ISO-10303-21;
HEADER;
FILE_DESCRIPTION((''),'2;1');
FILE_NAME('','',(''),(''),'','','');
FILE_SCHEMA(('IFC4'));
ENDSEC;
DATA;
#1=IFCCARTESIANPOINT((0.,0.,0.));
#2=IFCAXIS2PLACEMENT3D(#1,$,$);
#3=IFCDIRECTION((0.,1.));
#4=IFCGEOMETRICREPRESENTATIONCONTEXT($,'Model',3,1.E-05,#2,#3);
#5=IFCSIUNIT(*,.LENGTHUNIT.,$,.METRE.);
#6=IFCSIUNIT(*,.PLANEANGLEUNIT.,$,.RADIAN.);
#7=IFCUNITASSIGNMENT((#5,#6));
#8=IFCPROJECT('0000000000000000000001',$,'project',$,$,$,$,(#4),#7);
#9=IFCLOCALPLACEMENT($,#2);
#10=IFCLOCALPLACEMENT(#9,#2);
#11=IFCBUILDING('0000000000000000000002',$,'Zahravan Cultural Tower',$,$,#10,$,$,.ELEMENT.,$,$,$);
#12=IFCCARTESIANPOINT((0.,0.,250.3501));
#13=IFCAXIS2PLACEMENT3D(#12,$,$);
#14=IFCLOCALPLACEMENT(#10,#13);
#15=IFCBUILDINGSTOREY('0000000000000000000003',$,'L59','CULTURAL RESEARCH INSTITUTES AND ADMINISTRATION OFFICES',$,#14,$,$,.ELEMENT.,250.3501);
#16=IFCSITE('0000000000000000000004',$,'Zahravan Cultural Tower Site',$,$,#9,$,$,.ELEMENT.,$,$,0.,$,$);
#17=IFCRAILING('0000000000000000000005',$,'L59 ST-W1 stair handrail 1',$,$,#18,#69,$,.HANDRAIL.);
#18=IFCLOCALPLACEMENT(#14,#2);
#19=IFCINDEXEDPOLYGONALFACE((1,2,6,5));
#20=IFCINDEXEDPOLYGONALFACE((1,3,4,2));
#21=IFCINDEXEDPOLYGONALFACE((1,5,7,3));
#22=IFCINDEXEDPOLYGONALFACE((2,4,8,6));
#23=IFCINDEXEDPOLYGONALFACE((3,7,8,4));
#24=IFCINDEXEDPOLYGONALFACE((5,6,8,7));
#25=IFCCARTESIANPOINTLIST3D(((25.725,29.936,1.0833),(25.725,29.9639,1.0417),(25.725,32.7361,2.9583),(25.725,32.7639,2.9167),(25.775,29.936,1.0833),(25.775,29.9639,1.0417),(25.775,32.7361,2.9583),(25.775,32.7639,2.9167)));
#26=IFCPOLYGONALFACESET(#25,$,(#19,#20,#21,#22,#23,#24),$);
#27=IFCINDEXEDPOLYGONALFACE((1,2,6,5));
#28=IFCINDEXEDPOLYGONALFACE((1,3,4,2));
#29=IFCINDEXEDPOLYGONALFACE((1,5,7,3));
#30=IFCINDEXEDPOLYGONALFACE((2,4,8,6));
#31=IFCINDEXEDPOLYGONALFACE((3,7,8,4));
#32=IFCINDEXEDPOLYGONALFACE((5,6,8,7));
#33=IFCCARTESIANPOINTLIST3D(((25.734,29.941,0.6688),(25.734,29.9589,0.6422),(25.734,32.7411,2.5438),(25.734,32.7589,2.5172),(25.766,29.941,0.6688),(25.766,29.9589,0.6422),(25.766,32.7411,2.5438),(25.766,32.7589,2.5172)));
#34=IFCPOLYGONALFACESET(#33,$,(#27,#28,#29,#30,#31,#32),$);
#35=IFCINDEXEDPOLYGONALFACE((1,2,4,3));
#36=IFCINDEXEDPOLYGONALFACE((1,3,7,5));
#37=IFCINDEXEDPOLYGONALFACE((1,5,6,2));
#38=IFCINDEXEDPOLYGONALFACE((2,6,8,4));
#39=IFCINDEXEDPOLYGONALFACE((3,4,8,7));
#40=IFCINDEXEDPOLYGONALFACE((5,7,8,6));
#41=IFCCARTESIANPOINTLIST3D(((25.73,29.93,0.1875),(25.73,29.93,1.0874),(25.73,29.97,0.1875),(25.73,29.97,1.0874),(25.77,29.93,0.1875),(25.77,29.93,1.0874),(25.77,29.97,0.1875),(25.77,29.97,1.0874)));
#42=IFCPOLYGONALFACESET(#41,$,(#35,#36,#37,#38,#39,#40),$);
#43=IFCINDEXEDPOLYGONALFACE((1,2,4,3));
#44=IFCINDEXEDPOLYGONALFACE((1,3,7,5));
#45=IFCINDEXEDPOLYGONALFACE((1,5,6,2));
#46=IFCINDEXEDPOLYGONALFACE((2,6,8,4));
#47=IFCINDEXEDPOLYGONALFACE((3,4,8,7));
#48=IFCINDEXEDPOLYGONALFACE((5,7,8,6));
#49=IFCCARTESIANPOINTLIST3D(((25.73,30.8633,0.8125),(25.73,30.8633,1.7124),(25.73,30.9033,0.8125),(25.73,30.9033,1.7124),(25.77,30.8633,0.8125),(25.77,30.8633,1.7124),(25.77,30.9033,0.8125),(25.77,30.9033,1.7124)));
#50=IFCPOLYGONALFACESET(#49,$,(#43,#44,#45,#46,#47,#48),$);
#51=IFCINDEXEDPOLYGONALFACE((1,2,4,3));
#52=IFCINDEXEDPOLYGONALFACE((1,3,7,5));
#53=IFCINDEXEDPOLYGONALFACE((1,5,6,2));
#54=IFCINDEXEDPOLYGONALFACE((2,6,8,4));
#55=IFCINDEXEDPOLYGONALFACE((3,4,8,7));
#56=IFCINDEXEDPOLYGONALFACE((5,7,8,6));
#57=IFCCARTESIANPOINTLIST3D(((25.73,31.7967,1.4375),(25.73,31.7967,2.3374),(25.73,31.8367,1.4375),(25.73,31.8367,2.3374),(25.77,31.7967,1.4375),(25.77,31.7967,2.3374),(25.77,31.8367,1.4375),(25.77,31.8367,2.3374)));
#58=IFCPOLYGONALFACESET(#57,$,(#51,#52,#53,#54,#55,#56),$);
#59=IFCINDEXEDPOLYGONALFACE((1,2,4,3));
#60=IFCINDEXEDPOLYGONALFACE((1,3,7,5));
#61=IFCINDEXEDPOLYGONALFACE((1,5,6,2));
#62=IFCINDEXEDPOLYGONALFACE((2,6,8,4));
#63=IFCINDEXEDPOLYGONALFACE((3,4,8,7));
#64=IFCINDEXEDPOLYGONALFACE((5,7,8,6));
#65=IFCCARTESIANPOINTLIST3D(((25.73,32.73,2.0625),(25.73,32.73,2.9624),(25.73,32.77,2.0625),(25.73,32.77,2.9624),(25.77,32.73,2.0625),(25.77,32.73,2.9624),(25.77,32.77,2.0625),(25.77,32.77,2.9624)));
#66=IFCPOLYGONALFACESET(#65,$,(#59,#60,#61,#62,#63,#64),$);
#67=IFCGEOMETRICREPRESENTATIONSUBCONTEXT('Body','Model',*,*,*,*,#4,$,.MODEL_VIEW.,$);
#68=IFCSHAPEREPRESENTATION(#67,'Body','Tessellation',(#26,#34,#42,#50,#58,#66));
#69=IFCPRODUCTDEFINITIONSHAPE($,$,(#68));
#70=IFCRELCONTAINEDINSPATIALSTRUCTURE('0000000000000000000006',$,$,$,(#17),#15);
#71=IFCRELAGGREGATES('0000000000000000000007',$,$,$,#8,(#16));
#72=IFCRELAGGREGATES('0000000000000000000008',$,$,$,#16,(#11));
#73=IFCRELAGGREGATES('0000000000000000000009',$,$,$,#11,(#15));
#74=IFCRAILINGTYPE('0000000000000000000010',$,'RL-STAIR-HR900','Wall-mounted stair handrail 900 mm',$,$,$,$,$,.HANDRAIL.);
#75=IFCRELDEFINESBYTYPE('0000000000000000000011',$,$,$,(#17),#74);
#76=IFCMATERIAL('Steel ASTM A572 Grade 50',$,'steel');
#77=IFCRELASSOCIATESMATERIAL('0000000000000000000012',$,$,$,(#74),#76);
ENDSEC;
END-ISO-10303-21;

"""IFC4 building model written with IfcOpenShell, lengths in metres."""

from ifc_helpers import new_model, si_unit, direction, frame, origin, origin_2d, place, context, subcontext, project, spatial, rectangle, extrude, material, type_object, element, save


model = new_model("IFC4")

# Units and contexts
model_context = context("Model", 3, precision=1e-05, world=origin(), true_north=direction((0.0, 1.0)))
body_context = subcontext(model_context, "Body", "Model", "MODEL_VIEW")
ifc_project = project(units=[si_unit("LENGTHUNIT", "METRE"), si_unit("PLANEANGLEUNIT", "RADIAN")], contexts=[model_context])

# Site, building, storey
site_placement = place(None, origin())
site = spatial("IfcSite", under=ifc_project, at=site_placement, Name="Zahravan Cultural Tower Site", CompositionType="ELEMENT", RefElevation=0.0)
building_placement = place(site_placement, origin())
building = spatial("IfcBuilding", under=site, at=building_placement, Name="Zahravan Cultural Tower", CompositionType="ELEMENT")
storey_placement = place(building_placement, frame((0.0, 0.0, 250.3501)))
storey = spatial("IfcBuildingStorey", under=building, at=storey_placement, Name="L59", Description="CULTURAL RESEARCH INSTITUTES AND ADMINISTRATION OFFICES", CompositionType="ELEMENT", Elevation=250.3501)

# Shared definitions
ifc_material_1 = material(Name="Steel ASTM A572 Grade 50", Category="steel")

# Railing
railing_type_1 = type_object("IfcRailingType", Name="RL-STAIR-HR900", Description="Wall-mounted stair handrail 900 mm", PredefinedType="HANDRAIL", material=ifc_material_1)
railing_1_placement = place(storey_placement, frame((25.75, 29.95, 0.1875)))
element("IfcRailing", 1, at=railing_1_placement, inside=storey, type_object=railing_type_1, Name="L59 ST-W1 stair handrail 1", PredefinedType="HANDRAIL", context=body_context, shape_type="SweptSolid", body=[
    extrude(rectangle(XDim=0.05, YDim=0.05, at=origin_2d()), frame((0.0, 0.0, 0.875), z_axis=(0.0, 0.830912, 0.556404), x_axis=(-1.0, 0.0, 0.0)), (0.0, 0.0, 1.0), 3.3699),
    extrude(rectangle(XDim=0.032, YDim=0.032, at=origin_2d()), frame((0.0, 0.0, 0.468), z_axis=(0.0, 0.830912, 0.556404), x_axis=(-1.0, 0.0, 0.0)), (0.0, 0.0, 1.0), 3.3699),
    extrude(rectangle(XDim=0.04, YDim=0.04, at=origin_2d()), origin(), (0.0, 0.0, 1.0), 0.8999),
    extrude(rectangle(XDim=0.04, YDim=0.04, at=origin_2d()), frame((0.0, 0.9333, 0.625)), (0.0, 0.0, 1.0), 0.8999),
    extrude(rectangle(XDim=0.04, YDim=0.04, at=origin_2d()), frame((0.0, 1.8667, 1.25)), (0.0, 0.0, 1.0), 0.8999),
    extrude(rectangle(XDim=0.04, YDim=0.04, at=origin_2d()), frame((0.0, 2.8, 1.875)), (0.0, 0.0, 1.0), 0.8999),
])

save(model, "model.ifc")
